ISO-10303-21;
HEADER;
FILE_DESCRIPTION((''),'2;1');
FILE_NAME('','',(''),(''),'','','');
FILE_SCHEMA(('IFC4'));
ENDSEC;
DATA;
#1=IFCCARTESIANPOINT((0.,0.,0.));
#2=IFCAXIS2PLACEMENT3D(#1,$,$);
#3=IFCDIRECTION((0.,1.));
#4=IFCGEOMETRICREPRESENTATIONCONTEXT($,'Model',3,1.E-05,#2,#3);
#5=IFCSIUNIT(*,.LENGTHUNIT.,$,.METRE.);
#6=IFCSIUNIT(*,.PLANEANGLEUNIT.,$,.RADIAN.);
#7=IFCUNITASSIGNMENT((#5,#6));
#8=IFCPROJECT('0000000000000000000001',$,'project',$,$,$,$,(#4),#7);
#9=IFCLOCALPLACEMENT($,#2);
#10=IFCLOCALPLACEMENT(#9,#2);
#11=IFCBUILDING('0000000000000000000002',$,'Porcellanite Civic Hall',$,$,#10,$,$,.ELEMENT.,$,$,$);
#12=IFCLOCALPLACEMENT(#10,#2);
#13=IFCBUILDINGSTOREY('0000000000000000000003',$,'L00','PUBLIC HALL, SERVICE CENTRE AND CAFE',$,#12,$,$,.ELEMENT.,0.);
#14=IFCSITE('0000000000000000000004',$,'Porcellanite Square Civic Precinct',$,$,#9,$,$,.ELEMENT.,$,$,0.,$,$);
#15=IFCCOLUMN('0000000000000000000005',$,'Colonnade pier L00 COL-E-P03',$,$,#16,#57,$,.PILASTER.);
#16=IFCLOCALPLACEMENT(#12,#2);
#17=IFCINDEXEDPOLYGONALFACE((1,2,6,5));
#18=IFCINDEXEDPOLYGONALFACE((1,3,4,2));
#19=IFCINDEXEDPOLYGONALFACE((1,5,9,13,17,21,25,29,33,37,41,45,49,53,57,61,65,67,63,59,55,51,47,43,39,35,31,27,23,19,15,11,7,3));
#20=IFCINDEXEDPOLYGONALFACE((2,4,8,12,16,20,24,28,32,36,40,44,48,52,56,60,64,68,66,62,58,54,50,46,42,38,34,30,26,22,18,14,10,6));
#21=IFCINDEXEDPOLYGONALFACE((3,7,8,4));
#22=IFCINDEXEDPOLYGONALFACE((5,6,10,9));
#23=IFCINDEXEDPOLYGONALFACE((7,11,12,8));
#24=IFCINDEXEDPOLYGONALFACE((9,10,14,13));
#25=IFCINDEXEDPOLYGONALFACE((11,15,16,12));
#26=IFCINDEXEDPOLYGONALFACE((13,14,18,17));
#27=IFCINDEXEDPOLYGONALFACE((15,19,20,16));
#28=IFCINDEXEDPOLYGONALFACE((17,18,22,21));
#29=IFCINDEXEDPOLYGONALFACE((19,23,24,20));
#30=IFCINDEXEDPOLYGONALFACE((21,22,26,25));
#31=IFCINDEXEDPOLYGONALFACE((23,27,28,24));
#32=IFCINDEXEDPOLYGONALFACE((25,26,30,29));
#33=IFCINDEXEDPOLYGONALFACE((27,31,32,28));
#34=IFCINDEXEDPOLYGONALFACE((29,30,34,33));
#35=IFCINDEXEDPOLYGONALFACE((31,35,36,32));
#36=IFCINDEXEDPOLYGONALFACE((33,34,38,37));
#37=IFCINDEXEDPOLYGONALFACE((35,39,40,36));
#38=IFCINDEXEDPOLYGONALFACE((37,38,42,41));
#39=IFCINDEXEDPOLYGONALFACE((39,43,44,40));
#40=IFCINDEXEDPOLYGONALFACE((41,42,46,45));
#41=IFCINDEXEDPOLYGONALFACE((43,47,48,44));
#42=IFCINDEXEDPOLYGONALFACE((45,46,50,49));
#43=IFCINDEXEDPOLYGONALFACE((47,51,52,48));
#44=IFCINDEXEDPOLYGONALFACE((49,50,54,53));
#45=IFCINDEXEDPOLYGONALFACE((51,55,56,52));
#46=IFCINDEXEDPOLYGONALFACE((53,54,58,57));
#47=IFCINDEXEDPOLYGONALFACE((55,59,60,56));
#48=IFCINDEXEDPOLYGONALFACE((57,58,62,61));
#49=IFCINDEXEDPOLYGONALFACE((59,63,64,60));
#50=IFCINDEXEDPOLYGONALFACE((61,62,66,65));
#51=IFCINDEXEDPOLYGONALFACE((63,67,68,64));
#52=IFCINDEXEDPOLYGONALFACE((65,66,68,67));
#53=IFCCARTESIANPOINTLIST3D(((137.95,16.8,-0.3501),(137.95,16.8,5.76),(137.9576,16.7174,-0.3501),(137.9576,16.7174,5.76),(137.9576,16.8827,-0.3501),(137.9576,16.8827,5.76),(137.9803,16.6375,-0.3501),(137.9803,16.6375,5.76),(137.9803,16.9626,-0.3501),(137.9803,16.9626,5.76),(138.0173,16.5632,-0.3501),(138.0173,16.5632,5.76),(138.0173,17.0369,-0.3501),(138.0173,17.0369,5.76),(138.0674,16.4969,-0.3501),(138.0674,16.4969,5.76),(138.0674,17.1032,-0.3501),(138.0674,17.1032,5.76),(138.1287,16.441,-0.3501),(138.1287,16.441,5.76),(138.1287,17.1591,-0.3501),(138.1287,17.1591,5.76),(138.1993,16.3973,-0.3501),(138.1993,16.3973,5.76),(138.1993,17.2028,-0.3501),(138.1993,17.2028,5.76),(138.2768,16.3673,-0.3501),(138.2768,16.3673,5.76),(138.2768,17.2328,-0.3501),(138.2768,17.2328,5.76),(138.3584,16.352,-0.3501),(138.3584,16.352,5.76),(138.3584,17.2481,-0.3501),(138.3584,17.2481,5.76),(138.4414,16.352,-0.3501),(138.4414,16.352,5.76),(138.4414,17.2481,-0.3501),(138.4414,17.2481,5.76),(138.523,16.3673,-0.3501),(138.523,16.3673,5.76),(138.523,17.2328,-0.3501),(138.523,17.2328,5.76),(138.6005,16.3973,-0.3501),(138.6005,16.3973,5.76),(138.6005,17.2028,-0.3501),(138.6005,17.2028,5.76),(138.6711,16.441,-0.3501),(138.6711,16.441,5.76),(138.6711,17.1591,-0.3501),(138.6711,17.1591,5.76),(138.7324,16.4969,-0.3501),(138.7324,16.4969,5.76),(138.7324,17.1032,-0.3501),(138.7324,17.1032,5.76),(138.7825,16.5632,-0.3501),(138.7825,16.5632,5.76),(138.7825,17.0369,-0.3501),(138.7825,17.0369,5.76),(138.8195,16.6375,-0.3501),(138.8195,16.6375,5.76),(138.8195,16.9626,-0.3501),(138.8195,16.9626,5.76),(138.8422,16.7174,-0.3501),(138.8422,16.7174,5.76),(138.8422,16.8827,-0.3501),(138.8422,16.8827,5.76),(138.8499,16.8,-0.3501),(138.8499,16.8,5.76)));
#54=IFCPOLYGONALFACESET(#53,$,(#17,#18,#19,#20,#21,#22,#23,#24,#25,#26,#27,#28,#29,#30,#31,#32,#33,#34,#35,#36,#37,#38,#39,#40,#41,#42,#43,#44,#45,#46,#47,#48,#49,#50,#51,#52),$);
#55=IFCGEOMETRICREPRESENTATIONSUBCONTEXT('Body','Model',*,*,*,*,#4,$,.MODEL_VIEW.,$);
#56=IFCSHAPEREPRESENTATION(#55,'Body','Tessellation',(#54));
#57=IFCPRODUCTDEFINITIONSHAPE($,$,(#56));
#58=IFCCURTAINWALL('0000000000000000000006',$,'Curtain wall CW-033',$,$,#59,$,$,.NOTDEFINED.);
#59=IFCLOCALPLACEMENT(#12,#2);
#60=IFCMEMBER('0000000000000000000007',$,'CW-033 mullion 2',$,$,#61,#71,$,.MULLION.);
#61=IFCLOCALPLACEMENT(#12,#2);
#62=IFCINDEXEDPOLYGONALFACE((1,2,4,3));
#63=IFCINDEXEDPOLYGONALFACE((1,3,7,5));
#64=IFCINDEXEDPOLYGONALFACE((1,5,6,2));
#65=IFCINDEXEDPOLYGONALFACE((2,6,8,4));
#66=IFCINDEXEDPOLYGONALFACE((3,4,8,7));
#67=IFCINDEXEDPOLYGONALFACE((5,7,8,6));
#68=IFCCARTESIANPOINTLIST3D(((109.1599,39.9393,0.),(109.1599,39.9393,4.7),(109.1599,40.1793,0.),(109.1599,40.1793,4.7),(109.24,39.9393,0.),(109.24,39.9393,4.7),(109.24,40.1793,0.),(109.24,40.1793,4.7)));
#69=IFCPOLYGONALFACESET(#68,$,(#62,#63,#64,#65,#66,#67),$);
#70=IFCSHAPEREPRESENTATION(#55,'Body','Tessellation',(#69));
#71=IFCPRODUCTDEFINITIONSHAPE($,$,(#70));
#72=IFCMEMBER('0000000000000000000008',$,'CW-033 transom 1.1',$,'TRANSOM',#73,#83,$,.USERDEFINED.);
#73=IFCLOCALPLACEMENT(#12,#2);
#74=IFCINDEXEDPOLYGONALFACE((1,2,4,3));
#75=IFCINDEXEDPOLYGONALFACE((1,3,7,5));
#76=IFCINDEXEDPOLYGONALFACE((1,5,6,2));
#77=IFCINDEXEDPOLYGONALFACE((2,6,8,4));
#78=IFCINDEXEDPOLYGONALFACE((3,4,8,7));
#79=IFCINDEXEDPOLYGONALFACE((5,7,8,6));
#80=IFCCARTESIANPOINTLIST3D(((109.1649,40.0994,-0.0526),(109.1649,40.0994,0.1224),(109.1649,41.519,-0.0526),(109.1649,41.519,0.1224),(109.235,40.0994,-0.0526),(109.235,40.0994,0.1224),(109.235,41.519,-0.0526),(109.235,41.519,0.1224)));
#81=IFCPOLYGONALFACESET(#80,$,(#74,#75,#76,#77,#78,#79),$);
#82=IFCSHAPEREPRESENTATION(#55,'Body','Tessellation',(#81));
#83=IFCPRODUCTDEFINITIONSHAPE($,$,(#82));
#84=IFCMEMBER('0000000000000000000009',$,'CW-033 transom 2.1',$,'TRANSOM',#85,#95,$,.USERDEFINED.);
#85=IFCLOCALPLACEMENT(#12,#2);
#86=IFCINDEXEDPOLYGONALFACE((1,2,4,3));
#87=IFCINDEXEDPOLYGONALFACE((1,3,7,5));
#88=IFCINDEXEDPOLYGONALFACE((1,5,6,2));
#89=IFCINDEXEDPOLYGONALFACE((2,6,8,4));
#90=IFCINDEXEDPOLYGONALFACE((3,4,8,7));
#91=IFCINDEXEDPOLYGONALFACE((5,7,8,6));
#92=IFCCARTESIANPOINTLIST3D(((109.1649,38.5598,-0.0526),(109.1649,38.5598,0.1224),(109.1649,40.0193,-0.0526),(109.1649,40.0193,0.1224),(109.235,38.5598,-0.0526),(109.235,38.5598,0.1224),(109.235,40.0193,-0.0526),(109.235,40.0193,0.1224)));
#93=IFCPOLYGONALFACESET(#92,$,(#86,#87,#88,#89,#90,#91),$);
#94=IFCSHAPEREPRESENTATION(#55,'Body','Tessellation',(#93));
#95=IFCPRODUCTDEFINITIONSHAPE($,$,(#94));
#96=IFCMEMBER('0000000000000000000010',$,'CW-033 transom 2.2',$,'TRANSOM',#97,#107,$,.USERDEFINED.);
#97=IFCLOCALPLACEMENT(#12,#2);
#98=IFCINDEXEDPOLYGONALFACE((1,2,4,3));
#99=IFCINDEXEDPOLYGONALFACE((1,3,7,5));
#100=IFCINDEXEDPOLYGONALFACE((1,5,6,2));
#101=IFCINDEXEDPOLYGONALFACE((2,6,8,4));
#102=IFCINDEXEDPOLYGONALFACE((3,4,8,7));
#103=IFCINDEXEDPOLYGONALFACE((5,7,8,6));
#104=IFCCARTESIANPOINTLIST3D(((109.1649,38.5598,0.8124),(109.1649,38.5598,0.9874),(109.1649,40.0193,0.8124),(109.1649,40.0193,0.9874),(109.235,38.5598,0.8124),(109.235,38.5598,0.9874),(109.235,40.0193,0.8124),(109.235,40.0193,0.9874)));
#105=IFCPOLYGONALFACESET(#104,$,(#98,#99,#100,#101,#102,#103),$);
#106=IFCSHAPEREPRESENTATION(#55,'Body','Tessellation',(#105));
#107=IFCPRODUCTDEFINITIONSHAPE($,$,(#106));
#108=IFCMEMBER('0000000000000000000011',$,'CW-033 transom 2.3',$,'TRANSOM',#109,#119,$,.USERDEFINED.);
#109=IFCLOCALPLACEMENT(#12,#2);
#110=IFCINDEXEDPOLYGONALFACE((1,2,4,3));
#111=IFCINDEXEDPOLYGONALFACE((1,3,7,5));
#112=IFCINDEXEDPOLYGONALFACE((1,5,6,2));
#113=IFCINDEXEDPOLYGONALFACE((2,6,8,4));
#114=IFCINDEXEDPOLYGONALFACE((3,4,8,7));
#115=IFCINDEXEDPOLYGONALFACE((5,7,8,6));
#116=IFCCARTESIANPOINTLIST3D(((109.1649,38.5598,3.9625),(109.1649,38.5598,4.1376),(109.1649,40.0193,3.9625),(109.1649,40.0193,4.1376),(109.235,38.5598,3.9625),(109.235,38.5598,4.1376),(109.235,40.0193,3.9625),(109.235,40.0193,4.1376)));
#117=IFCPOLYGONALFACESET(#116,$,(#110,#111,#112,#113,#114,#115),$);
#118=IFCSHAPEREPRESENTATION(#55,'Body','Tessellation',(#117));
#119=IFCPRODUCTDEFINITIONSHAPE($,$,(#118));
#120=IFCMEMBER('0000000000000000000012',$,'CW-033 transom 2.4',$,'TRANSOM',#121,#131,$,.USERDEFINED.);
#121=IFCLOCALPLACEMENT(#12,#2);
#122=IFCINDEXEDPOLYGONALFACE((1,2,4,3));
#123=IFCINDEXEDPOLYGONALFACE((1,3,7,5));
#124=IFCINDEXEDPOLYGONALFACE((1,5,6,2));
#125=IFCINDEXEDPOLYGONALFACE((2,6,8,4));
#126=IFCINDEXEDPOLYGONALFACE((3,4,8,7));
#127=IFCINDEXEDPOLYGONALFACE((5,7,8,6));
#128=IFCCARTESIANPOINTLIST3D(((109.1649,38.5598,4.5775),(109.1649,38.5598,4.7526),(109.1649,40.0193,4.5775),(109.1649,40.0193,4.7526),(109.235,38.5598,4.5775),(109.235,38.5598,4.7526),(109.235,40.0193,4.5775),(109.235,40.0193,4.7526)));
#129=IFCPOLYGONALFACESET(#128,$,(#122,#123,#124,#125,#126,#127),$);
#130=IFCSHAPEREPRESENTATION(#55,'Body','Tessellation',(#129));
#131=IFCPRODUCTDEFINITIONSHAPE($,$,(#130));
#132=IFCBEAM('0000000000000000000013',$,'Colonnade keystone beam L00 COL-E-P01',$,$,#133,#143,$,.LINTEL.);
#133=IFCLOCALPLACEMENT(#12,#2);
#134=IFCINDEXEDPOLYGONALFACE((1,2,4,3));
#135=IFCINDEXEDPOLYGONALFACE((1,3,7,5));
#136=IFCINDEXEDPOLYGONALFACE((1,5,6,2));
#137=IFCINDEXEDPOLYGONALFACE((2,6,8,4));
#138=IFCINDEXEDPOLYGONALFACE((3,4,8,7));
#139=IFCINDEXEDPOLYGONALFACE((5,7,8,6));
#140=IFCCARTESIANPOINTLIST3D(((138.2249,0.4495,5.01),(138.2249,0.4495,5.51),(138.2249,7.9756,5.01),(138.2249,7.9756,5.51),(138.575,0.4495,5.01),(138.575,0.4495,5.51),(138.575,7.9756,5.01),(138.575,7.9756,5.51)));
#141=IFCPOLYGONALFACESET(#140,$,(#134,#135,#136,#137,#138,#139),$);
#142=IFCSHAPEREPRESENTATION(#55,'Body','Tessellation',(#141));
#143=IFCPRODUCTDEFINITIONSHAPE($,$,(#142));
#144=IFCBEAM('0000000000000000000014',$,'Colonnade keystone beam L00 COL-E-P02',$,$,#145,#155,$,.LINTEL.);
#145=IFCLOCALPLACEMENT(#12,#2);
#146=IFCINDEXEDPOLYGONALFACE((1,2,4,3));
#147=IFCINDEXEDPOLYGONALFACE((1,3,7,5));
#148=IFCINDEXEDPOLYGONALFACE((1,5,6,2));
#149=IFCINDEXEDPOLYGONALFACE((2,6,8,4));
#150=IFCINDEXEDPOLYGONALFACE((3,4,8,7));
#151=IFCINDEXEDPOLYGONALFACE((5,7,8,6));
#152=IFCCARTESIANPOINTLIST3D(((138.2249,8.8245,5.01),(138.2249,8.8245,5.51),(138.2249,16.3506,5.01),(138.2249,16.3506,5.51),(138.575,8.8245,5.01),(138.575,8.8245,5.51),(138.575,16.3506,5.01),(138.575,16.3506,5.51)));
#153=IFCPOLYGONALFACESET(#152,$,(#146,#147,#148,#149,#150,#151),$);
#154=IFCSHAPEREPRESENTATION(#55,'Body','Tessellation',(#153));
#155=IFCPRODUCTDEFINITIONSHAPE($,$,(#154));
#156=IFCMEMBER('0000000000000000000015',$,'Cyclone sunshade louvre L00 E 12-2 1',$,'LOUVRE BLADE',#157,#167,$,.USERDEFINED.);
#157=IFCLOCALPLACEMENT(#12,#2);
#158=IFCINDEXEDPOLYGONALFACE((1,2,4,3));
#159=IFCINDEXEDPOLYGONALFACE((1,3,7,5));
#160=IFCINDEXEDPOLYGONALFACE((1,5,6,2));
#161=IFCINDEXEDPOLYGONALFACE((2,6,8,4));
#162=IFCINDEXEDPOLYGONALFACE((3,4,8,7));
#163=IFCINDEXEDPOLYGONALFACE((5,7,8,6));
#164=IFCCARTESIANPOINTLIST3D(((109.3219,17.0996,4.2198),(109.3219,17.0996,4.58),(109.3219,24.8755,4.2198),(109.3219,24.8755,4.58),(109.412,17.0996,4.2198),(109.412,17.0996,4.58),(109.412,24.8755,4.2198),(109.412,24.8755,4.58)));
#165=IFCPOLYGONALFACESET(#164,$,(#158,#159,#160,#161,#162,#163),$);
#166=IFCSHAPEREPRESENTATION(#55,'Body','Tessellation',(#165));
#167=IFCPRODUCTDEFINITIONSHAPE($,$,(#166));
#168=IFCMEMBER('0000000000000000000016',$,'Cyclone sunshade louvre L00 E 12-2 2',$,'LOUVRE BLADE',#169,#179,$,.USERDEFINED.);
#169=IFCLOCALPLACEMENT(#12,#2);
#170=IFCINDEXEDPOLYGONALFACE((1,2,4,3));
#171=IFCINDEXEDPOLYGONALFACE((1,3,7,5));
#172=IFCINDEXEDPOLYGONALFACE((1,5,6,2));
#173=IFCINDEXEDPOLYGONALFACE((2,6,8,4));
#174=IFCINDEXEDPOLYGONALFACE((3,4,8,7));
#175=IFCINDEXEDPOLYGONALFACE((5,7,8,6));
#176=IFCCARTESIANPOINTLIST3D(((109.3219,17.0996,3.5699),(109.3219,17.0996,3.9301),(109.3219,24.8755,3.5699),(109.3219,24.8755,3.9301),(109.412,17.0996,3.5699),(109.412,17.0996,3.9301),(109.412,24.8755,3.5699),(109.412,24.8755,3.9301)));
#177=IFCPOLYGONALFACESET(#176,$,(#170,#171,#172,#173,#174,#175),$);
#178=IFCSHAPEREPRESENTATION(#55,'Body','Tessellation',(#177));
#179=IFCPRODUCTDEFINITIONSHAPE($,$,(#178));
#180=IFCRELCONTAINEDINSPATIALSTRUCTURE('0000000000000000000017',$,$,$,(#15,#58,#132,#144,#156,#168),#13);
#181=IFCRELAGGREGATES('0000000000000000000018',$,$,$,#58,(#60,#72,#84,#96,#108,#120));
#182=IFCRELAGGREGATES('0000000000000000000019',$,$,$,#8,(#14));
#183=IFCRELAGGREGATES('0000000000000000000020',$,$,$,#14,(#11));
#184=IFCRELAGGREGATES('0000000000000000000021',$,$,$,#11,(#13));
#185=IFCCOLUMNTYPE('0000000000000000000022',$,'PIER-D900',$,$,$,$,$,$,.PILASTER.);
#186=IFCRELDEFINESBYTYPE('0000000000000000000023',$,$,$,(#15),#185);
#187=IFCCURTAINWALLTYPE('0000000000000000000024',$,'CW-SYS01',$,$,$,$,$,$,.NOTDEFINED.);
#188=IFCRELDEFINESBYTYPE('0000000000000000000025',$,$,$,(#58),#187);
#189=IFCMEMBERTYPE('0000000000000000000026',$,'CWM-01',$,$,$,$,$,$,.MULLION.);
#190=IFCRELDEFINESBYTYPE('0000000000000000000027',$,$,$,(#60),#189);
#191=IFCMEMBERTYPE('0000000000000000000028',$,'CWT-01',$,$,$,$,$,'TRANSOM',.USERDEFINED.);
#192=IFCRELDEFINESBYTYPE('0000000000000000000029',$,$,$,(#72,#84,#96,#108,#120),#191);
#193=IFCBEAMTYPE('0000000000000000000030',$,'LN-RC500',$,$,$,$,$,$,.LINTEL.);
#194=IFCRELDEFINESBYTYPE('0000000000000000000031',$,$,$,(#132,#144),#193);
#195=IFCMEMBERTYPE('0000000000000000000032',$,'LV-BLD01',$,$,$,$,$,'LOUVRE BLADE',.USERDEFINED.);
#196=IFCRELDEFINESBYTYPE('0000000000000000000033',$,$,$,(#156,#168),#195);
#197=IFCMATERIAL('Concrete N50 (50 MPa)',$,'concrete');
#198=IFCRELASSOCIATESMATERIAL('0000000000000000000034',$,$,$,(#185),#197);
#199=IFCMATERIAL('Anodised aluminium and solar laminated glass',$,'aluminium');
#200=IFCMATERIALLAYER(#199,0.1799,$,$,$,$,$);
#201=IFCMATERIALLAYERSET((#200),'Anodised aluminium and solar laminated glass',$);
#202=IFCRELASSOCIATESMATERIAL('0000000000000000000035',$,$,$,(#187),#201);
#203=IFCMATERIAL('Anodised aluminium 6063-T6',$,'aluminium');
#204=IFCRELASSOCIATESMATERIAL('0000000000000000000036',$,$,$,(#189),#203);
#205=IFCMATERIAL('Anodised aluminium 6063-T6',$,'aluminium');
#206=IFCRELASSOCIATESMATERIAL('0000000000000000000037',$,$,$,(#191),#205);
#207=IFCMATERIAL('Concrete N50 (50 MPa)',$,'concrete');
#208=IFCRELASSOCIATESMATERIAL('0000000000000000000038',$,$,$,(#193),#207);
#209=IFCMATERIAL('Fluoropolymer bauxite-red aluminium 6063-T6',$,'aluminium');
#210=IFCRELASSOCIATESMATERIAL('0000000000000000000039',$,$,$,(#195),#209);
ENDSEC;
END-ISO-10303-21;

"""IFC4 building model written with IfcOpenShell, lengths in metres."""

from ifc_helpers import new_model, si_unit, direction, frame, origin, origin_2d, place, context, subcontext, project, spatial, rectangle, circle, extrude, material, layer, layer_set, material_profile, profile_set, type_object, element, aggregate, save


model = new_model("IFC4")

# Units and contexts
model_context = context("Model", 3, precision=1e-05, world=origin(), true_north=direction((0.0, 1.0)))
body_context = subcontext(model_context, "Body", "Model", "MODEL_VIEW")
ifc_project = project(units=[si_unit("LENGTHUNIT", "METRE"), si_unit("PLANEANGLEUNIT", "RADIAN")], contexts=[model_context])

# Site, building, storey
site_placement = place(None, origin())
site = spatial("IfcSite", under=ifc_project, at=site_placement, Name="Porcellanite Square Civic Precinct", CompositionType="ELEMENT", RefElevation=0.0)
building_placement = place(site_placement, origin())
building = spatial("IfcBuilding", under=site, at=building_placement, Name="Porcellanite Civic Hall", CompositionType="ELEMENT")
storey_placement = place(building_placement, origin())
storey = spatial("IfcBuildingStorey", under=building, at=storey_placement, Name="L00", Description="PUBLIC HALL, SERVICE CENTRE AND CAFE", CompositionType="ELEMENT", Elevation=0.0)

# Column
ifc_material_1 = material(Name="Concrete N50 (50 MPa)", Category="concrete")
ifc_material_profile_1 = material_profile(ifc_material_1, circle(Radius=0.45, at=origin_2d()), Name="RC-D900")
ifc_profile_set_1 = profile_set([ifc_material_profile_1], Name="Concrete N50 (50 MPa)")
column_type_1 = type_object("IfcColumnType", Name="PIER-D900", PredefinedType="PILASTER", material=ifc_profile_set_1)
for number, where, z_axis, x_axis, name in (
    (1, (138.3999, 16.8, -0.3501), (0.0, 0.0, 1.0), (1.0, 0.0, 0.0), "Colonnade pier L00 COL-E-P03"),
):
    element("IfcColumn", number, at=place(storey_placement, frame(where, z_axis=z_axis, x_axis=x_axis)), inside=storey, type_object=column_type_1, Name=name, PredefinedType="PILASTER", context=body_context, shape_type="SweptSolid", body=[
        extrude(circle(Radius=0.45, at=origin_2d()), origin(), (0.0, 0.0, 1.0), 6.1101),
    ])

# Curtain wall, members
ifc_material_2 = material(Name="Anodised aluminium and solar laminated glass", Category="aluminium")
ifc_layer_1 = layer(ifc_material_2, 0.1799)
ifc_layer_set_1 = layer_set([ifc_layer_1], Name="Anodised aluminium and solar laminated glass")
curtain_wall_type = type_object("IfcCurtainWallType", Name="CW-SYS01", PredefinedType="NOTDEFINED", material=ifc_layer_set_1)
curtain_wall_placement = place(storey_placement, origin())
curtain_wall = element("IfcCurtainWall", 2, at=curtain_wall_placement, inside=storey, type_object=curtain_wall_type, Name="Curtain wall CW-033", PredefinedType="NOTDEFINED")
ifc_material_3 = material(Name="Anodised aluminium 6063-T6", Category="aluminium")
ifc_material_profile_2 = material_profile(ifc_material_3, rectangle(XDim=0.0801, YDim=0.24, at=origin_2d()), Name="AL-80x240")
ifc_profile_set_2 = profile_set([ifc_material_profile_2], Name="Anodised aluminium 6063-T6")
member_type_1 = type_object("IfcMemberType", Name="CWM-01", PredefinedType="MULLION", material=ifc_profile_set_2)
member_1_placement = place(storey_placement, frame((109.2, 40.0593, 0.0), z_axis=(0.0, 0.0, 1.0), x_axis=(1.0, 0.0, 0.0)))
member_1 = element("IfcMember", 3, at=member_1_placement, type_object=member_type_1, Name="CW-033 mullion 2", PredefinedType="MULLION", context=body_context, shape_type="SweptSolid", body=[
    extrude(rectangle(XDim=0.0801, YDim=0.24, at=origin_2d()), origin(), (0.0, 0.0, 1.0), 4.7),
])
ifc_material_4 = material(Name="Anodised aluminium 6063-T6", Category="aluminium")
ifc_material_profile_3 = material_profile(ifc_material_4, rectangle(XDim=0.0701, YDim=0.175, at=origin_2d()), Name="AL-70x175")
ifc_profile_set_3 = profile_set([ifc_material_profile_3], Name="Anodised aluminium 6063-T6")
member_type_2 = type_object("IfcMemberType", Name="CWT-01", ElementType="TRANSOM", PredefinedType="USERDEFINED", material=ifc_profile_set_3)
member_2_placement = place(storey_placement, frame((109.2, 41.519, 0.0349), z_axis=(0.0, -1.0, 0.0), x_axis=(1.0, 0.0, 0.0)))
member_2 = element("IfcMember", 4, at=member_2_placement, type_object=member_type_2, Name="CW-033 transom 1.1", ObjectType="TRANSOM", PredefinedType="USERDEFINED", context=body_context, shape_type="SweptSolid", body=[
    extrude(rectangle(XDim=0.0701, YDim=0.175, at=origin_2d()), origin(), (0.0, 0.0, 1.0), 1.4197),
])
member_3_placement = place(storey_placement, frame((109.2, 40.0193, 0.0349), z_axis=(0.0, -1.0, 0.0), x_axis=(1.0, 0.0, 0.0)))
member_3 = element("IfcMember", 5, at=member_3_placement, type_object=member_type_2, Name="CW-033 transom 2.1", ObjectType="TRANSOM", PredefinedType="USERDEFINED", context=body_context, shape_type="SweptSolid", body=[
    extrude(rectangle(XDim=0.0701, YDim=0.175, at=origin_2d()), origin(), (0.0, 0.0, 1.0), 1.4595),
])
member_4_placement = place(storey_placement, frame((109.2, 40.0193, 0.8999), z_axis=(0.0, -1.0, 0.0), x_axis=(1.0, 0.0, 0.0)))
member_4 = element("IfcMember", 6, at=member_4_placement, type_object=member_type_2, Name="CW-033 transom 2.2", ObjectType="TRANSOM", PredefinedType="USERDEFINED", context=body_context, shape_type="SweptSolid", body=[
    extrude(rectangle(XDim=0.0701, YDim=0.175, at=origin_2d()), origin(), (0.0, 0.0, 1.0), 1.4595),
])
member_5_placement = place(storey_placement, frame((109.2, 40.0193, 4.05), z_axis=(0.0, -1.0, 0.0), x_axis=(1.0, 0.0, 0.0)))
member_5 = element("IfcMember", 7, at=member_5_placement, type_object=member_type_2, Name="CW-033 transom 2.3", ObjectType="TRANSOM", PredefinedType="USERDEFINED", context=body_context, shape_type="SweptSolid", body=[
    extrude(rectangle(XDim=0.0701, YDim=0.175, at=origin_2d()), origin(), (0.0, 0.0, 1.0), 1.4595),
])
member_6_placement = place(storey_placement, frame((109.2, 40.0193, 4.665), z_axis=(0.0, -1.0, 0.0), x_axis=(1.0, 0.0, 0.0)))
member_6 = element("IfcMember", 8, at=member_6_placement, type_object=member_type_2, Name="CW-033 transom 2.4", ObjectType="TRANSOM", PredefinedType="USERDEFINED", context=body_context, shape_type="SweptSolid", body=[
    extrude(rectangle(XDim=0.0701, YDim=0.175, at=origin_2d()), origin(), (0.0, 0.0, 1.0), 1.4595),
])

# Beams
ifc_material_5 = material(Name="Concrete N50 (50 MPa)", Category="concrete")
ifc_material_profile_4 = material_profile(ifc_material_5, rectangle(XDim=0.3501, YDim=0.5, at=origin_2d()), Name="RC-350x500")
ifc_profile_set_4 = profile_set([ifc_material_profile_4], Name="Concrete N50 (50 MPa)")
beam_type = type_object("IfcBeamType", Name="LN-RC500", PredefinedType="LINTEL", material=ifc_profile_set_4)
for number, where, z_axis, x_axis, name in (
    (9, (138.3999, 0.4495, 5.26), (0.0, 1.0, 0.0), (-1.0, 0.0, 0.0), "Colonnade keystone beam L00 COL-E-P01"),
    (10, (138.3999, 8.8245, 5.26), (0.0, 1.0, 0.0), (-1.0, 0.0, 0.0), "Colonnade keystone beam L00 COL-E-P02"),
):
    element("IfcBeam", number, at=place(storey_placement, frame(where, z_axis=z_axis, x_axis=x_axis)), inside=storey, type_object=beam_type, Name=name, PredefinedType="LINTEL", context=body_context, shape_type="SweptSolid", body=[
        extrude(rectangle(XDim=0.3501, YDim=0.5, at=origin_2d()), origin(), (0.0, 0.0, 1.0), 7.5261),
    ])

# Members
ifc_material_6 = material(Name="Fluoropolymer bauxite-red aluminium 6063-T6", Category="aluminium")
ifc_material_profile_5 = material_profile(ifc_material_6, rectangle(XDim=0.0901, YDim=0.3601, at=origin_2d()), Name="AL-90x360")
ifc_profile_set_5 = profile_set([ifc_material_profile_5], Name="Fluoropolymer bauxite-red aluminium 6063-T6")
member_type_3 = type_object("IfcMemberType", Name="LV-BLD01", ElementType="LOUVRE BLADE", PredefinedType="USERDEFINED", material=ifc_profile_set_5)
for number, where, z_axis, x_axis, name in (
    (11, (109.3669, 24.8755, 4.3999), (0.0, -1.0, 0.0), (1.0, 0.0, 0.0), "Cyclone sunshade louvre L00 E 12-2 1"),
    (12, (109.3669, 24.8755, 3.75), (0.0, -1.0, 0.0), (1.0, 0.0, 0.0), "Cyclone sunshade louvre L00 E 12-2 2"),
):
    element("IfcMember", number, at=place(storey_placement, frame(where, z_axis=z_axis, x_axis=x_axis)), inside=storey, type_object=member_type_3, Name=name, ObjectType="LOUVRE BLADE", PredefinedType="USERDEFINED", context=body_context, shape_type="SweptSolid", body=[
        extrude(rectangle(XDim=0.0901, YDim=0.3601, at=origin_2d()), origin(), (0.0, 0.0, 1.0), 7.7759),
    ])

aggregate(curtain_wall, [member_1, member_2, member_3, member_4, member_5, member_6])

save(model, "model.ifc")
